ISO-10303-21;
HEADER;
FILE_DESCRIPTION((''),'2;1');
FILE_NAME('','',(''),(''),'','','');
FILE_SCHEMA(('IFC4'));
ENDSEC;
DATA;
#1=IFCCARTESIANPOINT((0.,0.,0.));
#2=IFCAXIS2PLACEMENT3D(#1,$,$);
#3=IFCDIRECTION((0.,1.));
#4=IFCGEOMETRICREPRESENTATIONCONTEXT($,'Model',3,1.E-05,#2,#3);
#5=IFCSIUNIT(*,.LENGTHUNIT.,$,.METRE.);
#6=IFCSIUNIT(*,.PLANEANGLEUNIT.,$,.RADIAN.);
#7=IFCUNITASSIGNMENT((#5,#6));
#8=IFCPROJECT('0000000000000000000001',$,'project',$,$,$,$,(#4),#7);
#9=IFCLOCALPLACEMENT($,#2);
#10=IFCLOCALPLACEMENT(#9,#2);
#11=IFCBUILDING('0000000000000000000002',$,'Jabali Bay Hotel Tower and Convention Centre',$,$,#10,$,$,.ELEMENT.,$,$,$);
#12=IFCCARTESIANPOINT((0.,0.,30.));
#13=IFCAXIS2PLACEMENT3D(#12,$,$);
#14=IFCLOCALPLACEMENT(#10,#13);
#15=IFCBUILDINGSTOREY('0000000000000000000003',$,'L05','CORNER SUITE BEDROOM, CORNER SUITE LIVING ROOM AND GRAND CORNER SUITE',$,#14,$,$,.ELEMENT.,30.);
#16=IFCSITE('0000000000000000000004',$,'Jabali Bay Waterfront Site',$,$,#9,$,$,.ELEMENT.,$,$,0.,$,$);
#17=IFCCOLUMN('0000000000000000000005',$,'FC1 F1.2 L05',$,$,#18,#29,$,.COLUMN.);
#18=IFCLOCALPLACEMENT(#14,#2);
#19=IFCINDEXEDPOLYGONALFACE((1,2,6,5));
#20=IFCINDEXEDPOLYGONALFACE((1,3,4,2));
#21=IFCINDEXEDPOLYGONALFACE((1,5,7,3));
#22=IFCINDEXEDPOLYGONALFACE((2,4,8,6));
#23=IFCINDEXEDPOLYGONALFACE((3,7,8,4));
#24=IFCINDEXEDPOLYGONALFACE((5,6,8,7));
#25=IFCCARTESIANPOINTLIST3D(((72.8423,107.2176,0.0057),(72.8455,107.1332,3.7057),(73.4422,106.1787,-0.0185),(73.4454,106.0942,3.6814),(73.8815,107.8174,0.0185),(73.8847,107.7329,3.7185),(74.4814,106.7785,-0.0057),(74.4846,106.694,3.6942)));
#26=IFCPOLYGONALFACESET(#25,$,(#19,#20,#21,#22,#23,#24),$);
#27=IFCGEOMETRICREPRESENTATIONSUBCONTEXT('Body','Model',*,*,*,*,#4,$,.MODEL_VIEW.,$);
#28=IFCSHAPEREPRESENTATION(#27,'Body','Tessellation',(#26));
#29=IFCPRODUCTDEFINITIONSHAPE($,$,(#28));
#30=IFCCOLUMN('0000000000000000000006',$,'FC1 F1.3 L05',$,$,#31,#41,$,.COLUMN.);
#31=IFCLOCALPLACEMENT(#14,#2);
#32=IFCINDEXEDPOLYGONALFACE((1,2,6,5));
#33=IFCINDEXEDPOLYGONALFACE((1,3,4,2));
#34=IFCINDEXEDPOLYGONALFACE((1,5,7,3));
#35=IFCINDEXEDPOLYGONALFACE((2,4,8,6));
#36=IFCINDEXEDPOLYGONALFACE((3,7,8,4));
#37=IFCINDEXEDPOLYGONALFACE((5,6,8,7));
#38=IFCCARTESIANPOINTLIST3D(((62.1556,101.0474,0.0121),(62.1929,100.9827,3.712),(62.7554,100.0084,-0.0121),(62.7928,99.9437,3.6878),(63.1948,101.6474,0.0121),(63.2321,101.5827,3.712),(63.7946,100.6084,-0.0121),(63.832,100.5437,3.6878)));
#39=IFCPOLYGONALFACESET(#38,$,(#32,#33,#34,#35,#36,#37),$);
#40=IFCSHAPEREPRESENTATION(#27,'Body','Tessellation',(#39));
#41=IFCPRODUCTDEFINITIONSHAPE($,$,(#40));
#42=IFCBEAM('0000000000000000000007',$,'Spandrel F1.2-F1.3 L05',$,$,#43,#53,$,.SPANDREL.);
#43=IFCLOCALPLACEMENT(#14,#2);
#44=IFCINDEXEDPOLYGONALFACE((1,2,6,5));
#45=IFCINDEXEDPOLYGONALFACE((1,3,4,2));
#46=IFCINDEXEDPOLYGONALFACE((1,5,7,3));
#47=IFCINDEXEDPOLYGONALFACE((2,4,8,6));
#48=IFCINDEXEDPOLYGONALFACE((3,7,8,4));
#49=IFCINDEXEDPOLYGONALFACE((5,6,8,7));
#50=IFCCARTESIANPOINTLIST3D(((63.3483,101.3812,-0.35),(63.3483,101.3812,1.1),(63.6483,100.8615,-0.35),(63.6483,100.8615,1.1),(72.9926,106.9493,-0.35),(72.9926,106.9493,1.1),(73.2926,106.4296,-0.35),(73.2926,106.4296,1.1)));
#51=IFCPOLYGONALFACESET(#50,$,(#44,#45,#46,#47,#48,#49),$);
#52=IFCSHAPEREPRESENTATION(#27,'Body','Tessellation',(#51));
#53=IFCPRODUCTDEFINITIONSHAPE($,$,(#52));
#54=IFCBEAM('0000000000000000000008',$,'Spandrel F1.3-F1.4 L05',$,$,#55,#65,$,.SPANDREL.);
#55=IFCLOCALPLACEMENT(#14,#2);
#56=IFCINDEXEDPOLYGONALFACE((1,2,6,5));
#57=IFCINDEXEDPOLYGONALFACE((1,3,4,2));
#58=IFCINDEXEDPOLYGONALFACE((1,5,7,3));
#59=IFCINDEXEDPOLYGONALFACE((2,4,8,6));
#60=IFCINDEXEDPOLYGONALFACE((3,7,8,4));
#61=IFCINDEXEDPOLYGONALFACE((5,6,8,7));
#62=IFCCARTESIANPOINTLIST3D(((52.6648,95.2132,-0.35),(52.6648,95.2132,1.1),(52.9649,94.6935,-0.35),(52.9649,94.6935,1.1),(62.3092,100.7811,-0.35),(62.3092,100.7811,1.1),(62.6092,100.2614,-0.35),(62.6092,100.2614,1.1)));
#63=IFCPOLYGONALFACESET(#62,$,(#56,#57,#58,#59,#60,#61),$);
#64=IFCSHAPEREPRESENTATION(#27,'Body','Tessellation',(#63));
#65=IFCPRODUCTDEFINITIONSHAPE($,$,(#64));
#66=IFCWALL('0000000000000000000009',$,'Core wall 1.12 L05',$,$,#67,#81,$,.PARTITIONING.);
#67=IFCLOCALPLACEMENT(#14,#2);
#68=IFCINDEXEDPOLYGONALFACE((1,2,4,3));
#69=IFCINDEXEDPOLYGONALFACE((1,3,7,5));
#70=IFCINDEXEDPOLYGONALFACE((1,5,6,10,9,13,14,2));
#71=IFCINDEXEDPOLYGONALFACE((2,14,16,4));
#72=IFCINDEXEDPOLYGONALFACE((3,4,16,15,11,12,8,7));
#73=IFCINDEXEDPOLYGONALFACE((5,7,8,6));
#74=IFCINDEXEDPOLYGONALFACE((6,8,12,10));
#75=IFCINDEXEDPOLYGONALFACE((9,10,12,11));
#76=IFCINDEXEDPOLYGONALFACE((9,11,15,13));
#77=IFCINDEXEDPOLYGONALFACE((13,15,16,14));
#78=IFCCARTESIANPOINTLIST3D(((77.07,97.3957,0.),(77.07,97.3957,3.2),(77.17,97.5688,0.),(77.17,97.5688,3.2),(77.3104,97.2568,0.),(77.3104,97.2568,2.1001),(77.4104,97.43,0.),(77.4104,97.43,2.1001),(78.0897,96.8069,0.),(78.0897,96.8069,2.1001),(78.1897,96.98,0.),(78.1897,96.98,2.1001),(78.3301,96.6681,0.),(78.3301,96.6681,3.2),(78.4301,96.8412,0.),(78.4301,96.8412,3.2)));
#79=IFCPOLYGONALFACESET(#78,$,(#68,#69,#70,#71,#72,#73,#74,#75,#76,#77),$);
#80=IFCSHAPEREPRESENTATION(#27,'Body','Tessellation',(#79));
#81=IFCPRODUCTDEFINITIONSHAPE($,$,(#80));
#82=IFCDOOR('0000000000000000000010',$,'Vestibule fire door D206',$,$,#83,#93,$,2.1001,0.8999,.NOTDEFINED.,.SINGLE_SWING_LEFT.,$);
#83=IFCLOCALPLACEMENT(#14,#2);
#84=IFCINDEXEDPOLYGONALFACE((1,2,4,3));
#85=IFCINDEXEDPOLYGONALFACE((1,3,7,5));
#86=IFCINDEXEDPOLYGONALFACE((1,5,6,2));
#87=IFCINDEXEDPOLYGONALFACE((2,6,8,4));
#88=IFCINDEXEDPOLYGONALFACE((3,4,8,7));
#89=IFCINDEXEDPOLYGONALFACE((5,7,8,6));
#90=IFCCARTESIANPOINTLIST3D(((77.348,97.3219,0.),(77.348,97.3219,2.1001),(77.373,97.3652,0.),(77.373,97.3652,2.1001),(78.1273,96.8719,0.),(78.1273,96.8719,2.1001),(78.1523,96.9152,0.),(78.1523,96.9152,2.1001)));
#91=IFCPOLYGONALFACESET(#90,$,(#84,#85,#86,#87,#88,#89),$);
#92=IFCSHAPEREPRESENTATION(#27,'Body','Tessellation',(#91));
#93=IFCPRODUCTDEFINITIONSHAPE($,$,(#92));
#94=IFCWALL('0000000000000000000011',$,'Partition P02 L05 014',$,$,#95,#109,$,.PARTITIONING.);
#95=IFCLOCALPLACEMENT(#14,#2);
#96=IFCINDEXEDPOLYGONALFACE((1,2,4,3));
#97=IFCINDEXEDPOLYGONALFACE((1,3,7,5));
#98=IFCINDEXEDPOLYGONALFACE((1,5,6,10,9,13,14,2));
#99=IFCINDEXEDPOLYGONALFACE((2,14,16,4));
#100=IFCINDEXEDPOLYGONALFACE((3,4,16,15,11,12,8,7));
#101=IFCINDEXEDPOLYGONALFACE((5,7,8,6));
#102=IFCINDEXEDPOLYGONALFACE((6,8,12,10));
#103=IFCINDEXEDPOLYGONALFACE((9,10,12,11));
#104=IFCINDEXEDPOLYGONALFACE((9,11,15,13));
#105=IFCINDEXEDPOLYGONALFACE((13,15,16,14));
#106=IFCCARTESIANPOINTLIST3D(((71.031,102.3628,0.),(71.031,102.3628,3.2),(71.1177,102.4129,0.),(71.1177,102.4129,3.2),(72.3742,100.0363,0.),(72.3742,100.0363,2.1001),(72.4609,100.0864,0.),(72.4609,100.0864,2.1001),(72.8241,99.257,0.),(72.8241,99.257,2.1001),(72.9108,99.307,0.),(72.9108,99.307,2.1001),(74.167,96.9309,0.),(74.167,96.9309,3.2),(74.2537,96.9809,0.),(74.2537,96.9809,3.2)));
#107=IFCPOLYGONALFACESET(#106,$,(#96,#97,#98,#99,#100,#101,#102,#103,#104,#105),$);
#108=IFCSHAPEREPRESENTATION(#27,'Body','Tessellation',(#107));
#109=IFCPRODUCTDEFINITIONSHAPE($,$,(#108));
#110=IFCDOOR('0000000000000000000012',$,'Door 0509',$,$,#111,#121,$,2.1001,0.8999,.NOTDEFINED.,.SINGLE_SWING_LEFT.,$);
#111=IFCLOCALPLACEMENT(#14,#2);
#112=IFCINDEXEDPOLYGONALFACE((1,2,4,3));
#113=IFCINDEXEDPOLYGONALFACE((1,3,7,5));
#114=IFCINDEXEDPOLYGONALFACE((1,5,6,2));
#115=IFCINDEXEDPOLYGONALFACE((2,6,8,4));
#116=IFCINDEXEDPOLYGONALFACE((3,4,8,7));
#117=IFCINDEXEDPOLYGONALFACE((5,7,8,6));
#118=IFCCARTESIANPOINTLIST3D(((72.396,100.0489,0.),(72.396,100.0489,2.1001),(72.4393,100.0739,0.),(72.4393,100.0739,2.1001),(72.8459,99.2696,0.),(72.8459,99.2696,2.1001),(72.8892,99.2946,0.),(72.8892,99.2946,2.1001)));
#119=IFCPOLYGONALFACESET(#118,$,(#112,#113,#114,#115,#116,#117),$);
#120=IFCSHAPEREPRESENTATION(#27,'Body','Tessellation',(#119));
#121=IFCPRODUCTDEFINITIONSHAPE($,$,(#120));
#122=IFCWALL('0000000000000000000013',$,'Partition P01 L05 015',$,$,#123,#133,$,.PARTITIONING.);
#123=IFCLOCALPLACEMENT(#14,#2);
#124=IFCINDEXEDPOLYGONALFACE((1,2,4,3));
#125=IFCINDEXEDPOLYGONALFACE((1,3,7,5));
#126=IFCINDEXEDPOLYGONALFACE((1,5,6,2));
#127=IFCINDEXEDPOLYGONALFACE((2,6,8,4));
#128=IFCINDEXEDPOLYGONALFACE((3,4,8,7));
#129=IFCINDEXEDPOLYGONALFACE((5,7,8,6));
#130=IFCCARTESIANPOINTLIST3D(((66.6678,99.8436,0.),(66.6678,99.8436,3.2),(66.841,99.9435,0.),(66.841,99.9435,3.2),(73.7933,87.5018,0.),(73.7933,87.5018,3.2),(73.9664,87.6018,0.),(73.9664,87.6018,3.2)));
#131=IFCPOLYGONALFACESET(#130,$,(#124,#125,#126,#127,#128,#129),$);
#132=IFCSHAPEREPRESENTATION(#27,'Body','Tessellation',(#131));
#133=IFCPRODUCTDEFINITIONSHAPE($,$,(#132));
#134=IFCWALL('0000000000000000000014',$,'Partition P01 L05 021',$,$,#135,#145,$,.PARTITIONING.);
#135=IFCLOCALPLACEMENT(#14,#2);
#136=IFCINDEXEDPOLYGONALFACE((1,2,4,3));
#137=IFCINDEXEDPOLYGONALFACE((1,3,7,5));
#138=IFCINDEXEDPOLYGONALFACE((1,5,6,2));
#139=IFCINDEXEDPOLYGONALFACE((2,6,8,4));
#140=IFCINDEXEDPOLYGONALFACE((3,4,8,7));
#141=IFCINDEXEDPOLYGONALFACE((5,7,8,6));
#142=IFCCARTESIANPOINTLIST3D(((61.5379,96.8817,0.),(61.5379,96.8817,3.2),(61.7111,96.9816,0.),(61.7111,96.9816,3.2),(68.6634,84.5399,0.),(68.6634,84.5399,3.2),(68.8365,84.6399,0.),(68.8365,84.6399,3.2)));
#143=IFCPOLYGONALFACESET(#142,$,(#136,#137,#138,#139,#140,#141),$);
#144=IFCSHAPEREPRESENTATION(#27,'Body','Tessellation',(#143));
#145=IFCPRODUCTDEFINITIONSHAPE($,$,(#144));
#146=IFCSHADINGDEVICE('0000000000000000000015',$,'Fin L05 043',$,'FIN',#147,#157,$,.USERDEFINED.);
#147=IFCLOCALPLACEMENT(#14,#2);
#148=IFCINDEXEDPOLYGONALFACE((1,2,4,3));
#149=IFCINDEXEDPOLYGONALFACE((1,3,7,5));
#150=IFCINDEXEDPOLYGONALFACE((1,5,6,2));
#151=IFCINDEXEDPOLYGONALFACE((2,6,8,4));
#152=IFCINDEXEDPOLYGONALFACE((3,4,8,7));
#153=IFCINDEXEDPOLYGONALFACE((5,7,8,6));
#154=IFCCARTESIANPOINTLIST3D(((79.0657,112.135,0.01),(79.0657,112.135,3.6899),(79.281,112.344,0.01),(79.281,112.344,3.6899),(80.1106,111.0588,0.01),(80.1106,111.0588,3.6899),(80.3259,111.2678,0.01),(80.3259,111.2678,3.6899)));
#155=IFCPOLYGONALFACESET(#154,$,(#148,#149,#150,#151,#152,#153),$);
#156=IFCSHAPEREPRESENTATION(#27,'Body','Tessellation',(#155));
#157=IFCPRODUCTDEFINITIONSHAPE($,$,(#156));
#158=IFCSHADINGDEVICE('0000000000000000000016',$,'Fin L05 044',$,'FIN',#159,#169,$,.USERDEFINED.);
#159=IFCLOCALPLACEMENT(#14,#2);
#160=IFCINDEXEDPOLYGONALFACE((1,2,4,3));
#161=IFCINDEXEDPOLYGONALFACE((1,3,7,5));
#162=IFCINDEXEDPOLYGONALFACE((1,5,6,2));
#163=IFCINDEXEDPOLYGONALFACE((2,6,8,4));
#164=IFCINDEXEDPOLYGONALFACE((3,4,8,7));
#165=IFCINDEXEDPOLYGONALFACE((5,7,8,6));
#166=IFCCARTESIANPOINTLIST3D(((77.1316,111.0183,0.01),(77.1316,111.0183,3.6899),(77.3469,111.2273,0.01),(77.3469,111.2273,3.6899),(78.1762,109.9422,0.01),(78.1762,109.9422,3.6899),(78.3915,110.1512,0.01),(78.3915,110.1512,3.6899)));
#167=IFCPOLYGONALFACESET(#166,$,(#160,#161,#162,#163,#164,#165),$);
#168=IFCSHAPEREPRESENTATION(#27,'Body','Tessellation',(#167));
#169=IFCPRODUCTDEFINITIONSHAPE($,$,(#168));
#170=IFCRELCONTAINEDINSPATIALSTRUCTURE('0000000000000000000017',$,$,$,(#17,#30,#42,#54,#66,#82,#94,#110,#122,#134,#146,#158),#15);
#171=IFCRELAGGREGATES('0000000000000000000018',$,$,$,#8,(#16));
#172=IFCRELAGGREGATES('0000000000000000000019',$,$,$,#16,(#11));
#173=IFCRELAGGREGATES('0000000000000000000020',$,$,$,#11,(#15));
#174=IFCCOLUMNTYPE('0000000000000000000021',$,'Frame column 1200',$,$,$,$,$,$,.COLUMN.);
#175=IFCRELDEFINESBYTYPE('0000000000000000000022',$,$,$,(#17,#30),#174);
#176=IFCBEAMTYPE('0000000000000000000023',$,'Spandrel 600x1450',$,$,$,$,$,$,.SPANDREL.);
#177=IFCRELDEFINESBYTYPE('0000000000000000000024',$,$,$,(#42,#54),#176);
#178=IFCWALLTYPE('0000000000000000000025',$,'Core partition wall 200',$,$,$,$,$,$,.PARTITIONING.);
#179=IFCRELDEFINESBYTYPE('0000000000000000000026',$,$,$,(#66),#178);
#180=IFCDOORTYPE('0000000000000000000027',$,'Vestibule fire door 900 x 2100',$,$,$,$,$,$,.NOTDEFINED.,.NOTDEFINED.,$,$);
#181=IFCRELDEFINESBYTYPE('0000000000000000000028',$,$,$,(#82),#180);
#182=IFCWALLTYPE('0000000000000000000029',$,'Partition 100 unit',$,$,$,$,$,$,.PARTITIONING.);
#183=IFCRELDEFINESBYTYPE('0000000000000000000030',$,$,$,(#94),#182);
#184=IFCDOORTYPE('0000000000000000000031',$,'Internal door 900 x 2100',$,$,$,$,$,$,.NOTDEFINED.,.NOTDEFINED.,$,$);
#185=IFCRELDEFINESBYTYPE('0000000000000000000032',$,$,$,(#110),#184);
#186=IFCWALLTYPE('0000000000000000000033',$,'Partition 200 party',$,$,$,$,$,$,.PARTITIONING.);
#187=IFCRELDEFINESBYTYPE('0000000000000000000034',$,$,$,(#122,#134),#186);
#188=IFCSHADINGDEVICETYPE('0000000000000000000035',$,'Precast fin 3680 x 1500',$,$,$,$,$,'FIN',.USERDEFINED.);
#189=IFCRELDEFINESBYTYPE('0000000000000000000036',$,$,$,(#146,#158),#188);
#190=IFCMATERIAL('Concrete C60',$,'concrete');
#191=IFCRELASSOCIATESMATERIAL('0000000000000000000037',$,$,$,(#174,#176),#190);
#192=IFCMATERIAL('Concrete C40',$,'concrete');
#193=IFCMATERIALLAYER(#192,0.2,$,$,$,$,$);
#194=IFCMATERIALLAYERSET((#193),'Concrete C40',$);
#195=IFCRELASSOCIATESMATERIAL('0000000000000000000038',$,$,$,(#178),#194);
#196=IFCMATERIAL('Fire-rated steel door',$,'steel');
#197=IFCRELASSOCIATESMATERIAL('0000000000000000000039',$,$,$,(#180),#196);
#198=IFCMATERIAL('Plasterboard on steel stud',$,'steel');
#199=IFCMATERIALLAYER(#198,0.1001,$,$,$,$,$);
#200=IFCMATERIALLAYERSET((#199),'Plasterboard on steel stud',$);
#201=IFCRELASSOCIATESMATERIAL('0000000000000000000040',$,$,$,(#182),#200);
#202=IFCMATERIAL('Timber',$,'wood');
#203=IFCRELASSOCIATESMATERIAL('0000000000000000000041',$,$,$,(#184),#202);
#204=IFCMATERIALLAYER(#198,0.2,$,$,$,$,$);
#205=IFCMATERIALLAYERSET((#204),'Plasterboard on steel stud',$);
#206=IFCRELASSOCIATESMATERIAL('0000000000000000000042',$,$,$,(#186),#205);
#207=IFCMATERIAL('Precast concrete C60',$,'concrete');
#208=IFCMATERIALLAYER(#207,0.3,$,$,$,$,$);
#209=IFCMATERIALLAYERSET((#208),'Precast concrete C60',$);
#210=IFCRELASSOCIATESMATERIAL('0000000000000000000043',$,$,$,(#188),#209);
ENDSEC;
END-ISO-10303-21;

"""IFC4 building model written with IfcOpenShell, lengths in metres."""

from ifc_helpers import new_model, si_unit, direction, frame, frame_2d, origin, origin_2d, place, context, subcontext, project, spatial, rectangle, extrude, material, layer, layer_set, material_profile, profile_set, type_object, element, fill, save


model = new_model("IFC4")

# Units and contexts
model_context = context("Model", 3, precision=1e-05, world=origin(), true_north=direction((0.0, 1.0)))
body_context = subcontext(model_context, "Body", "Model", "MODEL_VIEW")
ifc_project = project(units=[si_unit("LENGTHUNIT", "METRE"), si_unit("PLANEANGLEUNIT", "RADIAN")], contexts=[model_context])

# Site, building, storey
site_placement = place(None, origin())
site = spatial("IfcSite", under=ifc_project, at=site_placement, Name="Jabali Bay Waterfront Site", CompositionType="ELEMENT", RefElevation=0.0)
building_placement = place(site_placement, origin())
building = spatial("IfcBuilding", under=site, at=building_placement, Name="Jabali Bay Hotel Tower and Convention Centre", CompositionType="ELEMENT")
storey_placement = place(building_placement, frame((0.0, 0.0, 30.0)))
storey = spatial("IfcBuildingStorey", under=building, at=storey_placement, Name="L05", Description="CORNER SUITE BEDROOM, CORNER SUITE LIVING ROOM AND GRAND CORNER SUITE", CompositionType="ELEMENT", Elevation=30.0)

# Columns
ifc_material_1 = material(Name="Concrete C60", Category="concrete")
ifc_material_profile_1 = material_profile(ifc_material_1, rectangle(XDim=1.2, YDim=1.2, at=origin_2d()), Name="Frame column 1200")
ifc_profile_set_1 = profile_set([ifc_material_profile_1], Name="Concrete C60")
column_type = type_object("IfcColumnType", Name="Frame column 1200", PredefinedType="COLUMN", material=ifc_profile_set_1)
column_1_placement = place(storey_placement, frame((73.6619, 106.998, 0.0), z_axis=(0.000858, -0.022825, 0.999739), x_axis=(0.86606, 0.499826, 0.010668)))
element("IfcColumn", 1, at=column_1_placement, inside=storey, type_object=column_type, Name="FC1 F1.2 L05", PredefinedType="COLUMN", context=body_context, shape_type="SweptSolid", body=[
    extrude(rectangle(XDim=1.2, YDim=1.2, at=origin_2d()), origin(), (0.0, 0.0, 1.0), 3.7009),
])
column_2_placement = place(storey_placement, frame((62.9751, 100.8279, 0.0), z_axis=(0.010094, -0.017482, 0.999796), x_axis=(-0.499897, 0.86585, 0.020187)))
element("IfcColumn", 2, at=column_2_placement, inside=storey, type_object=column_type, Name="FC1 F1.3 L05", PredefinedType="COLUMN", context=body_context, shape_type="SweptSolid", body=[
    extrude(rectangle(XDim=1.2, YDim=1.2, at=origin_2d()), origin(), (0.0, 0.0, 1.0), 3.7007),
])

# Beams
ifc_material_profile_2 = material_profile(ifc_material_1, rectangle(XDim=0.6001, YDim=1.45, at=origin_2d()), Name="Spandrel 600x1450")
ifc_profile_set_2 = profile_set([ifc_material_profile_2], Name="Concrete C60")
beam_type = type_object("IfcBeamType", Name="Spandrel 600x1450", PredefinedType="SPANDREL", material=ifc_profile_set_2)
for number, where, z_axis, x_axis, name in (
    (3, (73.1426, 106.6895, 0.375), (-0.866026, -0.499999, 0.0), (0.499999, -0.866026, 0.0), "Spandrel F1.2-F1.3 L05"),
    (4, (62.4592, 100.5212, 0.375), (-0.866036, -0.499982, 0.0), (0.499982, -0.866036, 0.0), "Spandrel F1.3-F1.4 L05"),
):
    element("IfcBeam", number, at=place(storey_placement, frame(where, z_axis=z_axis, x_axis=x_axis)), inside=storey, type_object=beam_type, Name=name, PredefinedType="SPANDREL", context=body_context, shape_type="SweptSolid", body=[
        extrude(rectangle(XDim=0.6001, YDim=1.45, at=origin_2d()), origin(), (0.0, 0.0, 1.0), 11.1362),
    ])

# Walls, openings, doors
ifc_material_2 = material(Name="Concrete C40", Category="concrete")
ifc_layer_1 = layer(ifc_material_2, 0.2)
ifc_layer_set_1 = layer_set([ifc_layer_1], Name="Concrete C40")
wall_type_1 = type_object("IfcWallType", Name="Core partition wall 200", PredefinedType="PARTITIONING", material=ifc_layer_set_1)
wall_1_placement = place(storey_placement, frame((78.3801, 96.7546, 0.0), z_axis=(0.0, 0.0, 1.0), x_axis=(-0.866004, 0.500037, 0.0)))
wall_1 = element("IfcWall", 5, at=wall_1_placement, inside=storey, type_object=wall_type_1, Name="Core wall 1.12 L05", PredefinedType="PARTITIONING", context=body_context, shape_type="SweptSolid", body=[
    extrude(rectangle(XDim=1.4551, YDim=0.2, at=frame_2d((0.7275, 0.0))), origin(), (0.0, 0.0, 1.0), 3.2),
])
opening_1_placement = place(wall_1_placement, frame((0.2776, 0.0, 0.0)))
opening_1 = element("IfcOpeningElement", 6, at=opening_1_placement, cuts=wall_1, PredefinedType="OPENING", context=body_context, shape_type="SweptSolid", body=[
    extrude(rectangle(XDim=0.8999, YDim=2.1001, at=frame_2d((0.45, 1.05))), frame((0.0, 0.1104, 0.0), z_axis=(0.0, -1.0, 0.0), x_axis=(1.0, 0.0, 0.0)), (0.0, 0.0, 1.0), 0.2209),
])
ifc_material_3 = material(Name="Fire-rated steel door", Category="steel")
door_type_1 = type_object("IfcDoorType", Name="Vestibule fire door 900 x 2100", OperationType="NOTDEFINED", PredefinedType="NOTDEFINED", material=ifc_material_3)
door_1_placement = place(opening_1_placement, origin())
door_1 = element("IfcDoor", 7, at=door_1_placement, inside=storey, type_object=door_type_1, Name="Vestibule fire door D206", OperationType="SINGLE_SWING_LEFT", OverallHeight=2.1001, OverallWidth=0.8999, PredefinedType="NOTDEFINED", context=body_context, shape_type="SweptSolid", body=[
    extrude(rectangle(XDim=0.8999, YDim=2.1001, at=frame_2d((0.45, 1.05))), frame((0.0, 0.0249, 0.0), z_axis=(0.0, -1.0, 0.0), x_axis=(1.0, 0.0, 0.0)), (0.0, 0.0, 1.0), 0.05),
])
fill(opening_1, door_1)
ifc_material_4 = material(Name="Plasterboard on steel stud", Category="steel")
ifc_layer_2 = layer(ifc_material_4, 0.1001)
ifc_layer_set_2 = layer_set([ifc_layer_2], Name="Plasterboard on steel stud")
wall_type_2 = type_object("IfcWallType", Name="Partition 100 unit", PredefinedType="PARTITIONING", material=ifc_layer_set_2)
wall_2_placement = place(storey_placement, frame((74.2104, 96.9558, 0.0), z_axis=(0.0, 0.0, 1.0), x_axis=(-0.499986, 0.866033, 0.0)))
wall_2 = element("IfcWall", 8, at=wall_2_placement, inside=storey, type_object=wall_type_2, Name="Partition P02 L05 014", PredefinedType="PARTITIONING", context=body_context, shape_type="SweptSolid", body=[
    extrude(rectangle(XDim=6.2722, YDim=0.1001, at=frame_2d((3.1362, 0.0))), origin(), (0.0, 0.0, 1.0), 3.2),
])
opening_2_placement = place(wall_2_placement, frame((2.686, 0.0, 0.0)))
opening_2 = element("IfcOpeningElement", 9, at=opening_2_placement, cuts=wall_2, PredefinedType="OPENING", context=body_context, shape_type="SweptSolid", body=[
    extrude(rectangle(XDim=0.8999, YDim=2.1001, at=frame_2d((0.45, 1.05))), frame((0.0, 0.0605, 0.0), z_axis=(0.0, -1.0, 0.0), x_axis=(1.0, 0.0, 0.0)), (0.0, 0.0, 1.0), 0.1211),
])
ifc_material_5 = material(Name="Timber", Category="wood")
door_type_2 = type_object("IfcDoorType", Name="Internal door 900 x 2100", OperationType="NOTDEFINED", PredefinedType="NOTDEFINED", material=ifc_material_5)
door_2_placement = place(opening_2_placement, origin())
door_2 = element("IfcDoor", 10, at=door_2_placement, inside=storey, type_object=door_type_2, Name="Door 0509", OperationType="SINGLE_SWING_LEFT", OverallHeight=2.1001, OverallWidth=0.8999, PredefinedType="NOTDEFINED", context=body_context, shape_type="SweptSolid", body=[
    extrude(rectangle(XDim=0.8999, YDim=2.1001, at=frame_2d((0.45, 1.05))), frame((0.0, 0.0249, 0.0), z_axis=(0.0, -1.0, 0.0), x_axis=(1.0, 0.0, 0.0)), (0.0, 0.0, 1.0), 0.05),
])
fill(opening_2, door_2)

# Walls
ifc_layer_3 = layer(ifc_material_4, 0.2)
ifc_layer_set_3 = layer_set([ifc_layer_3], Name="Plasterboard on steel stud")
wall_type_3 = type_object("IfcWallType", Name="Partition 200 party", PredefinedType="PARTITIONING", material=ifc_layer_set_3)
for number, where, z_axis, x_axis, name in (
    (11, (66.7544, 99.8936, 0.0), (0.0, 0.0, 1.0), (0.499997, -0.866027, 0.0), "Partition P01 L05 015"),
    (12, (61.6245, 96.9316, 0.0), (0.0, 0.0, 1.0), (0.499997, -0.866027, 0.0), "Partition P01 L05 021"),
):
    element("IfcWall", number, at=place(storey_placement, frame(where, z_axis=z_axis, x_axis=x_axis)), inside=storey, type_object=wall_type_3, Name=name, PredefinedType="PARTITIONING", context=body_context, shape_type="SweptSolid", body=[
        extrude(rectangle(XDim=14.251, YDim=0.2, at=frame_2d((7.1255, 0.0))), origin(), (0.0, 0.0, 1.0), 3.2),
    ])

# Shading devices
ifc_material_6 = material(Name="Precast concrete C60", Category="concrete")
ifc_layer_4 = layer(ifc_material_6, 0.3)
ifc_layer_set_4 = layer_set([ifc_layer_4], Name="Precast concrete C60")
shading_device_type = type_object("IfcShadingDeviceType", Name="Precast fin 3680 x 1500", ElementType="FIN", PredefinedType="USERDEFINED", material=ifc_layer_set_4)
shading_device_1_placement = place(storey_placement, frame((80.2183, 111.1633, 0.01), z_axis=(0.0, 0.0, 1.0), x_axis=(-0.696613, 0.717447, 0.0)))
element("IfcShadingDevice", 13, at=shading_device_1_placement, inside=storey, type_object=shading_device_type, Name="Fin L05 043", ObjectType="FIN", PredefinedType="USERDEFINED", context=body_context, shape_type="SweptSolid", body=[
    extrude(rectangle(XDim=1.5, YDim=0.3, at=frame_2d((0.75, 0.0))), origin(), (0.0, 0.0, 1.0), 3.6799),
])
shading_device_2_placement = place(storey_placement, frame((78.2839, 110.0466, 0.01), z_axis=(0.0, 0.0, 1.0), x_axis=(-0.69653, 0.717528, 0.0)))
element("IfcShadingDevice", 14, at=shading_device_2_placement, inside=storey, type_object=shading_device_type, Name="Fin L05 044", ObjectType="FIN", PredefinedType="USERDEFINED", context=body_context, shape_type="SweptSolid", body=[
    extrude(rectangle(XDim=1.4998, YDim=0.3, at=frame_2d((0.75, 0.0))), origin(), (0.0, 0.0, 1.0), 3.6799),
])

save(model, "model.ifc")
